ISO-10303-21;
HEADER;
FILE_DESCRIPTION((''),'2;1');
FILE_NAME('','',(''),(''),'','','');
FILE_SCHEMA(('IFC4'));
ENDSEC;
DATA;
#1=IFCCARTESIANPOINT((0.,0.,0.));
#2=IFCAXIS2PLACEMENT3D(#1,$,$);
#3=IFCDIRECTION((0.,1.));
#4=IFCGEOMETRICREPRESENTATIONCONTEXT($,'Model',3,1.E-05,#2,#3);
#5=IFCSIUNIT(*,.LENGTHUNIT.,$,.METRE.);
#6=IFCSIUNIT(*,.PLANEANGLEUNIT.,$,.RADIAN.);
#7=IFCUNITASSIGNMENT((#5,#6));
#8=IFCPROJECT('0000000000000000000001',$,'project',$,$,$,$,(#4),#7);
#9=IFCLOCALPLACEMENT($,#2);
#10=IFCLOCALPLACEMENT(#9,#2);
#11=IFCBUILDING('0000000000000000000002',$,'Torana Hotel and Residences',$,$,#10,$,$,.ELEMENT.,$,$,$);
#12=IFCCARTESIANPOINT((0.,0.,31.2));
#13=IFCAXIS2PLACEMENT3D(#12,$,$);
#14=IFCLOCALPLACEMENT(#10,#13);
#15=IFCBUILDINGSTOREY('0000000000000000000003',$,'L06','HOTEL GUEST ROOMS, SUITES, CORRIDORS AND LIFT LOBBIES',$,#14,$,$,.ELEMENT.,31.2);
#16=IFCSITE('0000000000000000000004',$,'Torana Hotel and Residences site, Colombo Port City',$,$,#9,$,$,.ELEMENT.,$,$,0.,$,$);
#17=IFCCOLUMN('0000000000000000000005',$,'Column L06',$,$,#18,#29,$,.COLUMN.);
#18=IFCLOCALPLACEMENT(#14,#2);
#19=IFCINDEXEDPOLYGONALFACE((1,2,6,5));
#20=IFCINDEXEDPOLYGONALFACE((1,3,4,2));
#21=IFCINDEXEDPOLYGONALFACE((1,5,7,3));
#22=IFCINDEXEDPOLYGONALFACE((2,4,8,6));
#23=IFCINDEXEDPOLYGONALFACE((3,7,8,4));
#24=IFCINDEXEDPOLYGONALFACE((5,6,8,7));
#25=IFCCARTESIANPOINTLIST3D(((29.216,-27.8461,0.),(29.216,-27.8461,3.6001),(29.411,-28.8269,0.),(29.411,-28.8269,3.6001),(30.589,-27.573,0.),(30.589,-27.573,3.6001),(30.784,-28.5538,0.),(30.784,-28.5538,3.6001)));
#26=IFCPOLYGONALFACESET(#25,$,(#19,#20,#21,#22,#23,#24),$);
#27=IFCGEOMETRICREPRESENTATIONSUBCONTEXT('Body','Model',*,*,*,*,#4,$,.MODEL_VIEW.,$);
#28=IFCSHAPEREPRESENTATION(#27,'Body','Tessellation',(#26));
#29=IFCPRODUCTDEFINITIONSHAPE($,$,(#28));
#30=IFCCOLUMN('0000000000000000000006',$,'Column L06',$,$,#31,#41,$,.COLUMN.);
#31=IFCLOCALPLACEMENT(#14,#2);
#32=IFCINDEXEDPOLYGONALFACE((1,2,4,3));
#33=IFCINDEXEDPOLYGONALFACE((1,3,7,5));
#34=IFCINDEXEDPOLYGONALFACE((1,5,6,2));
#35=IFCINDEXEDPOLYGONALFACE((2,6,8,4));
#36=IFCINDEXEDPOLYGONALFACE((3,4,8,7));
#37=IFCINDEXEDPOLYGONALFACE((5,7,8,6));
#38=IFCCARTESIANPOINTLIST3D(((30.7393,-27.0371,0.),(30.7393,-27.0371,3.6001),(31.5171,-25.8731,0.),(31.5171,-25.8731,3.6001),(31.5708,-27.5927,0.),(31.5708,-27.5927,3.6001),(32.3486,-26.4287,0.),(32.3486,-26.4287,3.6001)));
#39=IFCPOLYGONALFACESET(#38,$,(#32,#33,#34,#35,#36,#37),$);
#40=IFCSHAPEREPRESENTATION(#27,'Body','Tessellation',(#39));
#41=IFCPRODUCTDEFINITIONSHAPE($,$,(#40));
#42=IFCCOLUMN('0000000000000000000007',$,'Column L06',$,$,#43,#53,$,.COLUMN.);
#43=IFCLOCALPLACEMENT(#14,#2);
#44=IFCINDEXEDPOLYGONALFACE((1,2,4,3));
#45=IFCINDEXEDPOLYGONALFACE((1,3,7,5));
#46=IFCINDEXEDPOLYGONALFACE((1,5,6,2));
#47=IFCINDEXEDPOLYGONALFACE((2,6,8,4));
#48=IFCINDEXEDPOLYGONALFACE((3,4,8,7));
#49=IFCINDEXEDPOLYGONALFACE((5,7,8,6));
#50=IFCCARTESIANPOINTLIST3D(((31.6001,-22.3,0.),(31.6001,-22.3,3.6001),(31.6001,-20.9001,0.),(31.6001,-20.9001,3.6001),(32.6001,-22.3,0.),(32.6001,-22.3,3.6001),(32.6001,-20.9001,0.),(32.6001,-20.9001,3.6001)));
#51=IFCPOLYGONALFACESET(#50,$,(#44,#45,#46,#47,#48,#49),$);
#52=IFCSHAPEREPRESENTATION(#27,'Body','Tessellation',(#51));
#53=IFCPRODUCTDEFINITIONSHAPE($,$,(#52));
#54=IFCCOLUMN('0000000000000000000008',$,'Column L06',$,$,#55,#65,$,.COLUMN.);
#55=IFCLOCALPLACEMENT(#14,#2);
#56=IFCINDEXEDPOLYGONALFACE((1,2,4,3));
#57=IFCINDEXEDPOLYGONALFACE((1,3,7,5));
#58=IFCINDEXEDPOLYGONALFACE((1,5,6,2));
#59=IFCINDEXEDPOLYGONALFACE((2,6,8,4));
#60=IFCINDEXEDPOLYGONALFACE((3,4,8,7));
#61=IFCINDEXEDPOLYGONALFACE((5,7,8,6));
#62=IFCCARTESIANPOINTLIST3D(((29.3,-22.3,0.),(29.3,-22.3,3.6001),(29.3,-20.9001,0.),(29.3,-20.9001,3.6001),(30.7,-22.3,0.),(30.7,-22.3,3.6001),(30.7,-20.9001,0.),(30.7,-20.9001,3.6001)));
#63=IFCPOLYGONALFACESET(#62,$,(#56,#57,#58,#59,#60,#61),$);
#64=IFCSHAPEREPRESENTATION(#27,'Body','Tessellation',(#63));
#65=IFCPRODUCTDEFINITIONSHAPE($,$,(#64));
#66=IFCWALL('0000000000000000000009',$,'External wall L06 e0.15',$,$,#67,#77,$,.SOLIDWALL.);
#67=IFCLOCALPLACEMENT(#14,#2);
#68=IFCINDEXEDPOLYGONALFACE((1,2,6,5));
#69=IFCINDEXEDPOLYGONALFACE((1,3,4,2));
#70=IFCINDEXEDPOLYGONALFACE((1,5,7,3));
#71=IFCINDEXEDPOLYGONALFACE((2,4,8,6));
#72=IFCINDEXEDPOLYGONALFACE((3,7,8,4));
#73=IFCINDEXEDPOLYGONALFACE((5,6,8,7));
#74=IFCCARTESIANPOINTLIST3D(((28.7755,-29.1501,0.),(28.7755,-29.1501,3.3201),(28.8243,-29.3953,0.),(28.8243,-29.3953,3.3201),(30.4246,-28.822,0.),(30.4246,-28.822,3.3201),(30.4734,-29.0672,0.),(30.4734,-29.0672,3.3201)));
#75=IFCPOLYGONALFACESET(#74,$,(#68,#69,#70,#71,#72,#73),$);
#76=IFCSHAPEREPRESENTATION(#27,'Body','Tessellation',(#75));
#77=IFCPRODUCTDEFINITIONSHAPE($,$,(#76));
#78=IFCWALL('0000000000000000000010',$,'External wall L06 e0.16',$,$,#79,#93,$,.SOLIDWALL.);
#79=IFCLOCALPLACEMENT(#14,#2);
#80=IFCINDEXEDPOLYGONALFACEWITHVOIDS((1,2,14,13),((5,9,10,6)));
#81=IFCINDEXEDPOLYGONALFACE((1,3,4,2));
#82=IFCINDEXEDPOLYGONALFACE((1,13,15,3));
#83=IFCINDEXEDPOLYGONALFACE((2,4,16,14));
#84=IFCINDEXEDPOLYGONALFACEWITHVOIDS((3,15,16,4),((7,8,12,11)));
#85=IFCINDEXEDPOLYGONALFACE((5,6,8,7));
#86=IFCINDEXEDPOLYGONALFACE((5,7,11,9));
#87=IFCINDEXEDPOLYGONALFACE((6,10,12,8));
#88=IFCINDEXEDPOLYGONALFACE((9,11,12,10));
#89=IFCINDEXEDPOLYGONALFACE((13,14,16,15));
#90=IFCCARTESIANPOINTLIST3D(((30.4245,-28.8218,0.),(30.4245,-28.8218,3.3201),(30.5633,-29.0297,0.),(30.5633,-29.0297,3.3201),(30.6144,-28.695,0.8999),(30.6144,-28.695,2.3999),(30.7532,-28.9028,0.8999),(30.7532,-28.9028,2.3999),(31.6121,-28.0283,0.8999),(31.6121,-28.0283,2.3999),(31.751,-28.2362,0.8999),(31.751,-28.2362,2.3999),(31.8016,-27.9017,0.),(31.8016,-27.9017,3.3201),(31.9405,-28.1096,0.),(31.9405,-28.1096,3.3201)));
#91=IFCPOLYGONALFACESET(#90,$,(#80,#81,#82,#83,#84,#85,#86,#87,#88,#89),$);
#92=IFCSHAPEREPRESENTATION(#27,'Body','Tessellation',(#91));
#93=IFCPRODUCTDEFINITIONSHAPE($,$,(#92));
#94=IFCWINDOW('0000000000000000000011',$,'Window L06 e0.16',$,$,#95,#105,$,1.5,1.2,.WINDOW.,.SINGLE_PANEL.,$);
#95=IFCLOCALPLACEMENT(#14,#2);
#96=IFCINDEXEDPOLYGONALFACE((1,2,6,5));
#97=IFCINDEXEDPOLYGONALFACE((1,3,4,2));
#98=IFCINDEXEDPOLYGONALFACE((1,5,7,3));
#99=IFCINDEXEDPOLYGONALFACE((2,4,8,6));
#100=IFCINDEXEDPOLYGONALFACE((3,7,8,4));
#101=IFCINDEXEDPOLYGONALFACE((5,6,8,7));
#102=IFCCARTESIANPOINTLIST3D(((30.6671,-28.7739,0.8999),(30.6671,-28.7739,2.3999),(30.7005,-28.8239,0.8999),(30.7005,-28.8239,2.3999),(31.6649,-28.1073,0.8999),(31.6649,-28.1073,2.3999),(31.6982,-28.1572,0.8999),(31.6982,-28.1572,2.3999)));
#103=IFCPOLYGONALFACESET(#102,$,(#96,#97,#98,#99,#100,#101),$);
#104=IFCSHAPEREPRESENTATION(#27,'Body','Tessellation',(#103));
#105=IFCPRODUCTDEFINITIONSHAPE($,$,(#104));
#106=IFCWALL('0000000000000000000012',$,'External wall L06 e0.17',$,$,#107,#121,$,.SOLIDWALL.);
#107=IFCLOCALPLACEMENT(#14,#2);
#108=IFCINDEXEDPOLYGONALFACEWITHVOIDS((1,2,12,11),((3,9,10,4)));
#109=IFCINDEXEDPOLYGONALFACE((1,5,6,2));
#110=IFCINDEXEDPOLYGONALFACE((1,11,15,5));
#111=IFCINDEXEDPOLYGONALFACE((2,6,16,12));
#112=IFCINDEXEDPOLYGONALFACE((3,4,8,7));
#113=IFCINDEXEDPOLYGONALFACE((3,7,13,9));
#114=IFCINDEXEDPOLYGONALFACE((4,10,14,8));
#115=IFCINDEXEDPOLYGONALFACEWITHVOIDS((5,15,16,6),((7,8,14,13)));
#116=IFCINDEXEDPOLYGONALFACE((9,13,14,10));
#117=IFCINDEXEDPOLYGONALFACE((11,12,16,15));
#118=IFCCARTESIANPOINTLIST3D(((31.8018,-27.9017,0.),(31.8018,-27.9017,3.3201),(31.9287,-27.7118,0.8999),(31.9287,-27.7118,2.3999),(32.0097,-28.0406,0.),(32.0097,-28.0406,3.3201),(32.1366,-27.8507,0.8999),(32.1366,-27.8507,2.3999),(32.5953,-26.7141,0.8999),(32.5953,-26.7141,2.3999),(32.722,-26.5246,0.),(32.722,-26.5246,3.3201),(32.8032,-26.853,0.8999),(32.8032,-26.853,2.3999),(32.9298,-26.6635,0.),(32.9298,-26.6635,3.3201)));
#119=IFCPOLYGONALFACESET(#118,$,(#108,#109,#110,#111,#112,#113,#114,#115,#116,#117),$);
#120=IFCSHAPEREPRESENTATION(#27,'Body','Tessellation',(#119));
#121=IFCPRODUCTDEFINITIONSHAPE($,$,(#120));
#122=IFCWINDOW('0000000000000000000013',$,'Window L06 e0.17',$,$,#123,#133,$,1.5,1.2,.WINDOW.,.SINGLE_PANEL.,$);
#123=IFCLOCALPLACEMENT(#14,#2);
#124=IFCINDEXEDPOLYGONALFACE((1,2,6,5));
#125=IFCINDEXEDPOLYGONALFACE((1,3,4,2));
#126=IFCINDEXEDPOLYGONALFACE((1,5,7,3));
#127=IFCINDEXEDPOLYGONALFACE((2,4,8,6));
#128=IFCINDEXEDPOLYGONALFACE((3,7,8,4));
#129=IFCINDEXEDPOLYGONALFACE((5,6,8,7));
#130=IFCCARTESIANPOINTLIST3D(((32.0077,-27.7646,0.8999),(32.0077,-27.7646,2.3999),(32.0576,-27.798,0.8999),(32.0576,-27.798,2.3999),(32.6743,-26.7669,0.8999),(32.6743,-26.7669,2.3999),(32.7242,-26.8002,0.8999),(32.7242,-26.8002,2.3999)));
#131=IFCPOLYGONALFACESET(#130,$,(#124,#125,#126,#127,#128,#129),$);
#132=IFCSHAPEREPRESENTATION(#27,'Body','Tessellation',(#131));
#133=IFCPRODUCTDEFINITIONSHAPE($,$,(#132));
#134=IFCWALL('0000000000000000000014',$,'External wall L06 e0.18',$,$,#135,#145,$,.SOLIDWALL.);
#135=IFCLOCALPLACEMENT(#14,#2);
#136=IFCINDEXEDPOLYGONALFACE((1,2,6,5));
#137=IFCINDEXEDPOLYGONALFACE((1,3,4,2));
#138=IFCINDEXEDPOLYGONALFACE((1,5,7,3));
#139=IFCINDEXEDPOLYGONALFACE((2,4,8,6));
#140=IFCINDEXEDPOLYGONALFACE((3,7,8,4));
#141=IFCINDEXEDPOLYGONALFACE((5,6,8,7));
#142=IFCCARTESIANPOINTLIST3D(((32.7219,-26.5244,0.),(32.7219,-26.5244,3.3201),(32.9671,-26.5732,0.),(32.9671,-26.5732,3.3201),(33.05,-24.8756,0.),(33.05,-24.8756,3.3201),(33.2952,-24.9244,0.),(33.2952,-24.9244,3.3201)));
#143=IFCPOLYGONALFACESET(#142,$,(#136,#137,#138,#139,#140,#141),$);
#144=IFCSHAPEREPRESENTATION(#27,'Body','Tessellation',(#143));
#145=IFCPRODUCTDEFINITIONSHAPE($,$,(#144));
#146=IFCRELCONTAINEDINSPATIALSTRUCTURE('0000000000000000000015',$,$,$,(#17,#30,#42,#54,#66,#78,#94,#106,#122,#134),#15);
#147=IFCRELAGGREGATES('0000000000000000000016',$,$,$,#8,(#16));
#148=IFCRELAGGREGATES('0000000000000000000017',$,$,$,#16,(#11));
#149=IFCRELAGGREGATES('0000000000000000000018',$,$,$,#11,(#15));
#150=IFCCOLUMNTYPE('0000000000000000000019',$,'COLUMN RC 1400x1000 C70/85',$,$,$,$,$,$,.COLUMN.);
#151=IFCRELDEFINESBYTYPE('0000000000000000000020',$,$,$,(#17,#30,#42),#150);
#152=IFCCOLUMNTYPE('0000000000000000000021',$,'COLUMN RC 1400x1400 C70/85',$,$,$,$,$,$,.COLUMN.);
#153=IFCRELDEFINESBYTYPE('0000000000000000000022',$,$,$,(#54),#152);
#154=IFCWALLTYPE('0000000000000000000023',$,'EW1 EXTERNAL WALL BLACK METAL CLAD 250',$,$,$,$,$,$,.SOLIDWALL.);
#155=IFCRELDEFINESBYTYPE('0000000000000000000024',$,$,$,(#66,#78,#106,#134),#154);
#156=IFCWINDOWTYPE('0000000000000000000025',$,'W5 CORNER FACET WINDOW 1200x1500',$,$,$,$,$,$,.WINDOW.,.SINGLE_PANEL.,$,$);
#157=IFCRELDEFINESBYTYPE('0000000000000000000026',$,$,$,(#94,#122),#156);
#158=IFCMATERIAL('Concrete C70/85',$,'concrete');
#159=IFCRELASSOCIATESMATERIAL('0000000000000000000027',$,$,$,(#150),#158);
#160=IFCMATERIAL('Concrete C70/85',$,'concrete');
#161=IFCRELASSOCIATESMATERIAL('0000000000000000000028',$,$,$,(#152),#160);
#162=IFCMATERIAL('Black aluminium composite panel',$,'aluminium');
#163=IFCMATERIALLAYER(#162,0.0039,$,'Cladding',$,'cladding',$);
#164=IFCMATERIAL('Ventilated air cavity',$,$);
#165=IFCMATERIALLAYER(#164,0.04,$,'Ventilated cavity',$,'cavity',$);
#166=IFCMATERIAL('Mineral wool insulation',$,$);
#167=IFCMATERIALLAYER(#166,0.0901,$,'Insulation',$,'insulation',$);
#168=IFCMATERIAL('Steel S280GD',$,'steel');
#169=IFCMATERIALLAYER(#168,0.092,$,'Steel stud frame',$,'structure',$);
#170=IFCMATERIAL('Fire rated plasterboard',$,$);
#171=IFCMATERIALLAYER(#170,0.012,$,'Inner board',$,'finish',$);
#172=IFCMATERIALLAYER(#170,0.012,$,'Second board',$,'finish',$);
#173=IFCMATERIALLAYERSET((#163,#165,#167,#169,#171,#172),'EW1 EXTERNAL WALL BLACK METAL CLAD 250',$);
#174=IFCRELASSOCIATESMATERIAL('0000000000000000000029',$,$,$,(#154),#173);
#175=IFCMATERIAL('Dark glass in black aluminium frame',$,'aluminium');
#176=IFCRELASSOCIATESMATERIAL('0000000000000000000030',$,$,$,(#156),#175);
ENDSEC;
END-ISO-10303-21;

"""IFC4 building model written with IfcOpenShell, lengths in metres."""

from ifc_helpers import new_model, si_unit, direction, frame, frame_2d, origin, origin_2d, place, context, subcontext, project, spatial, rectangle, extrude, material, layer, layer_set, material_profile, profile_set, type_object, element, fill, save


model = new_model("IFC4")

# Units and contexts
model_context = context("Model", 3, precision=1e-05, world=origin(), true_north=direction((0.0, 1.0)))
body_context = subcontext(model_context, "Body", "Model", "MODEL_VIEW")
ifc_project = project(units=[si_unit("LENGTHUNIT", "METRE"), si_unit("PLANEANGLEUNIT", "RADIAN")], contexts=[model_context])

# Site, building, storey
site_placement = place(None, origin())
site = spatial("IfcSite", under=ifc_project, at=site_placement, Name="Torana Hotel and Residences site, Colombo Port City", CompositionType="ELEMENT", RefElevation=0.0)
building_placement = place(site_placement, origin())
building = spatial("IfcBuilding", under=site, at=building_placement, Name="Torana Hotel and Residences", CompositionType="ELEMENT")
storey_placement = place(building_placement, frame((0.0, 0.0, 31.2)))
storey = spatial("IfcBuildingStorey", under=building, at=storey_placement, Name="L06", Description="HOTEL GUEST ROOMS, SUITES, CORRIDORS AND LIFT LOBBIES", CompositionType="ELEMENT", Elevation=31.2)

# Columns
ifc_material_1 = material(Name="Concrete C70/85", Category="concrete")
ifc_material_profile_1 = material_profile(ifc_material_1, rectangle(XDim=1.3999, YDim=1.0, at=origin_2d()), Name="RC 1400x1000")
ifc_profile_set_1 = profile_set([ifc_material_profile_1], Name="Concrete C70/85")
column_type_1 = type_object("IfcColumnType", Name="COLUMN RC 1400x1000 C70/85", PredefinedType="COLUMN", material=ifc_profile_set_1)
for number, where, z_axis, x_axis, name in (
    (1, (30.0, -28.2, 0.0), (0.0, 0.0, 1.0), (0.980792, 0.195056, 0.0), "Column L06"),
    (2, (31.5439, -26.7329, 0.0), (0.0, 0.0, 1.0), (0.555585, 0.83146, 0.0), "Column L06"),
    (3, (32.1001, -21.6001, 0.0), (0.0, 0.0, 1.0), (0.0, 1.0, 0.0), "Column L06"),
):
    element("IfcColumn", number, at=place(storey_placement, frame(where, z_axis=z_axis, x_axis=x_axis)), inside=storey, type_object=column_type_1, Name=name, PredefinedType="COLUMN", context=body_context, shape_type="SweptSolid", body=[
        extrude(rectangle(XDim=1.3999, YDim=1.0, at=origin_2d()), origin(), (0.0, 0.0, 1.0), 3.6001),
    ])
ifc_material_2 = material(Name="Concrete C70/85", Category="concrete")
ifc_material_profile_2 = material_profile(ifc_material_2, rectangle(XDim=1.3999, YDim=1.3999, at=origin_2d()), Name="RC 1400x1400")
ifc_profile_set_2 = profile_set([ifc_material_profile_2], Name="Concrete C70/85")
column_type_2 = type_object("IfcColumnType", Name="COLUMN RC 1400x1400 C70/85", PredefinedType="COLUMN", material=ifc_profile_set_2)
column_placement = place(storey_placement, frame((30.0, -21.6001, 0.0), z_axis=(0.0, 0.0, 1.0), x_axis=(1.0, 0.0, 0.0)))
element("IfcColumn", 4, at=column_placement, inside=storey, type_object=column_type_2, Name="Column L06", PredefinedType="COLUMN", context=body_context, shape_type="SweptSolid", body=[
    extrude(rectangle(XDim=1.3999, YDim=1.3999, at=origin_2d()), origin(), (0.0, 0.0, 1.0), 3.6001),
])

# Wall
ifc_material_3 = material(Name="Black aluminium composite panel", Category="aluminium")
ifc_layer_1 = layer(ifc_material_3, 0.0039, Name="Cladding", Category="cladding")
ifc_material_4 = material(Name="Ventilated air cavity")
ifc_layer_2 = layer(ifc_material_4, 0.04, Name="Ventilated cavity", Category="cavity")
ifc_material_5 = material(Name="Mineral wool insulation")
ifc_layer_3 = layer(ifc_material_5, 0.0901, Name="Insulation", Category="insulation")
ifc_material_6 = material(Name="Steel S280GD", Category="steel")
ifc_layer_4 = layer(ifc_material_6, 0.092, Name="Steel stud frame", Category="structure")
ifc_material_7 = material(Name="Fire rated plasterboard")
ifc_layer_5 = layer(ifc_material_7, 0.012, Name="Inner board", Category="finish")
ifc_layer_6 = layer(ifc_material_7, 0.012, Name="Second board", Category="finish")
ifc_layer_set_1 = layer_set([ifc_layer_1, ifc_layer_2, ifc_layer_3, ifc_layer_4, ifc_layer_5, ifc_layer_6], Name="EW1 EXTERNAL WALL BLACK METAL CLAD 250")
wall_type_1 = type_object("IfcWallType", Name="EW1 EXTERNAL WALL BLACK METAL CLAD 250", PredefinedType="SOLIDWALL", material=ifc_layer_set_1)
wall_1_placement = place(storey_placement, frame((28.7998, -29.2727, 0.0), z_axis=(0.0, 0.0, 1.0), x_axis=(0.980776, 0.195139, 0.0)))
element("IfcWall", 5, at=wall_1_placement, inside=storey, type_object=wall_type_1, Name="External wall L06 e0.15", PredefinedType="SOLIDWALL", context=body_context, shape_type="SweptSolid", body=[
    extrude(rectangle(XDim=1.6814, YDim=0.25, at=frame_2d((0.8408, 0.0))), origin(), (0.0, 0.0, 1.0), 3.3201),
])

# Walls, openings, windows
wall_2_placement = place(storey_placement, frame((30.4939, -28.9258, 0.0), z_axis=(0.0, 0.0, 1.0), x_axis=(0.831483, 0.55555, 0.0)))
wall_2 = element("IfcWall", 6, at=wall_2_placement, inside=storey, type_object=wall_type_1, Name="External wall L06 e0.16", PredefinedType="SOLIDWALL", context=body_context, shape_type="SweptSolid", body=[
    extrude(rectangle(XDim=1.6562, YDim=0.25, at=frame_2d((0.8281, 0.0))), origin(), (0.0, 0.0, 1.0), 3.3201),
])
opening_1_placement = place(wall_2_placement, frame((0.2283, 0.0, 0.8999)))
opening_1 = element("IfcOpeningElement", 7, at=opening_1_placement, cuts=wall_2, PredefinedType="OPENING", context=body_context, shape_type="SweptSolid", body=[
    extrude(rectangle(XDim=1.2, YDim=1.5, at=frame_2d((0.6001, 0.75))), frame((0.0, 0.135, 0.0), z_axis=(0.0, -1.0, 0.0), x_axis=(1.0, 0.0, 0.0)), (0.0, 0.0, 1.0), 0.27),
])
ifc_material_8 = material(Name="Dark glass in black aluminium frame", Category="aluminium")
window_type = type_object("IfcWindowType", Name="W5 CORNER FACET WINDOW 1200x1500", PartitioningType="SINGLE_PANEL", PredefinedType="WINDOW", material=ifc_material_8)
window_1_placement = place(opening_1_placement, origin())
window_1 = element("IfcWindow", 8, at=window_1_placement, inside=storey, type_object=window_type, Name="Window L06 e0.16", OverallHeight=1.5, OverallWidth=1.2, PartitioningType="SINGLE_PANEL", PredefinedType="WINDOW", context=body_context, shape_type="SweptSolid", body=[
    extrude(rectangle(XDim=1.2, YDim=1.5, at=frame_2d((0.6001, 0.75))), frame((0.0, 0.03, 0.0), z_axis=(0.0, -1.0, 0.0), x_axis=(1.0, 0.0, 0.0)), (0.0, 0.0, 1.0), 0.0601),
])
fill(opening_1, window_1)
wall_3_placement = place(storey_placement, frame((31.9058, -27.9712, 0.0), z_axis=(0.0, 0.0, 1.0), x_axis=(0.55555, 0.831483, 0.0)))
wall_3 = element("IfcWall", 9, at=wall_3_placement, inside=storey, type_object=wall_type_1, Name="External wall L06 e0.17", PredefinedType="SOLIDWALL", context=body_context, shape_type="SweptSolid", body=[
    extrude(rectangle(XDim=1.6562, YDim=0.25, at=frame_2d((0.8281, 0.0))), origin(), (0.0, 0.0, 1.0), 3.3201),
])
opening_2_placement = place(wall_3_placement, frame((0.2283, 0.0, 0.8999)))
opening_2 = element("IfcOpeningElement", 10, at=opening_2_placement, cuts=wall_3, PredefinedType="OPENING", context=body_context, shape_type="SweptSolid", body=[
    extrude(rectangle(XDim=1.2, YDim=1.5, at=frame_2d((0.6001, 0.75))), frame((0.0, 0.135, 0.0), z_axis=(0.0, -1.0, 0.0), x_axis=(1.0, 0.0, 0.0)), (0.0, 0.0, 1.0), 0.27),
])
window_2_placement = place(opening_2_placement, origin())
window_2 = element("IfcWindow", 11, at=window_2_placement, inside=storey, type_object=window_type, Name="Window L06 e0.17", OverallHeight=1.5, OverallWidth=1.2, PartitioningType="SINGLE_PANEL", PredefinedType="WINDOW", context=body_context, shape_type="SweptSolid", body=[
    extrude(rectangle(XDim=1.2, YDim=1.5, at=frame_2d((0.6001, 0.75))), frame((0.0, 0.03, 0.0), z_axis=(0.0, -1.0, 0.0), x_axis=(1.0, 0.0, 0.0)), (0.0, 0.0, 1.0), 0.0601),
])
fill(opening_2, window_2)

# Wall
wall_4_placement = place(storey_placement, frame((32.8445, -26.5488, 0.0), z_axis=(0.0, 0.0, 1.0), x_axis=(0.195167, 0.98077, 0.0)))
element("IfcWall", 12, at=wall_4_placement, inside=storey, type_object=wall_type_1, Name="External wall L06 e0.18", PredefinedType="SOLIDWALL", context=body_context, shape_type="SweptSolid", body=[
    extrude(rectangle(XDim=1.6812, YDim=0.25, at=frame_2d((0.8406, 0.0))), origin(), (0.0, 0.0, 1.0), 3.3201),
])

save(model, "model.ifc")
